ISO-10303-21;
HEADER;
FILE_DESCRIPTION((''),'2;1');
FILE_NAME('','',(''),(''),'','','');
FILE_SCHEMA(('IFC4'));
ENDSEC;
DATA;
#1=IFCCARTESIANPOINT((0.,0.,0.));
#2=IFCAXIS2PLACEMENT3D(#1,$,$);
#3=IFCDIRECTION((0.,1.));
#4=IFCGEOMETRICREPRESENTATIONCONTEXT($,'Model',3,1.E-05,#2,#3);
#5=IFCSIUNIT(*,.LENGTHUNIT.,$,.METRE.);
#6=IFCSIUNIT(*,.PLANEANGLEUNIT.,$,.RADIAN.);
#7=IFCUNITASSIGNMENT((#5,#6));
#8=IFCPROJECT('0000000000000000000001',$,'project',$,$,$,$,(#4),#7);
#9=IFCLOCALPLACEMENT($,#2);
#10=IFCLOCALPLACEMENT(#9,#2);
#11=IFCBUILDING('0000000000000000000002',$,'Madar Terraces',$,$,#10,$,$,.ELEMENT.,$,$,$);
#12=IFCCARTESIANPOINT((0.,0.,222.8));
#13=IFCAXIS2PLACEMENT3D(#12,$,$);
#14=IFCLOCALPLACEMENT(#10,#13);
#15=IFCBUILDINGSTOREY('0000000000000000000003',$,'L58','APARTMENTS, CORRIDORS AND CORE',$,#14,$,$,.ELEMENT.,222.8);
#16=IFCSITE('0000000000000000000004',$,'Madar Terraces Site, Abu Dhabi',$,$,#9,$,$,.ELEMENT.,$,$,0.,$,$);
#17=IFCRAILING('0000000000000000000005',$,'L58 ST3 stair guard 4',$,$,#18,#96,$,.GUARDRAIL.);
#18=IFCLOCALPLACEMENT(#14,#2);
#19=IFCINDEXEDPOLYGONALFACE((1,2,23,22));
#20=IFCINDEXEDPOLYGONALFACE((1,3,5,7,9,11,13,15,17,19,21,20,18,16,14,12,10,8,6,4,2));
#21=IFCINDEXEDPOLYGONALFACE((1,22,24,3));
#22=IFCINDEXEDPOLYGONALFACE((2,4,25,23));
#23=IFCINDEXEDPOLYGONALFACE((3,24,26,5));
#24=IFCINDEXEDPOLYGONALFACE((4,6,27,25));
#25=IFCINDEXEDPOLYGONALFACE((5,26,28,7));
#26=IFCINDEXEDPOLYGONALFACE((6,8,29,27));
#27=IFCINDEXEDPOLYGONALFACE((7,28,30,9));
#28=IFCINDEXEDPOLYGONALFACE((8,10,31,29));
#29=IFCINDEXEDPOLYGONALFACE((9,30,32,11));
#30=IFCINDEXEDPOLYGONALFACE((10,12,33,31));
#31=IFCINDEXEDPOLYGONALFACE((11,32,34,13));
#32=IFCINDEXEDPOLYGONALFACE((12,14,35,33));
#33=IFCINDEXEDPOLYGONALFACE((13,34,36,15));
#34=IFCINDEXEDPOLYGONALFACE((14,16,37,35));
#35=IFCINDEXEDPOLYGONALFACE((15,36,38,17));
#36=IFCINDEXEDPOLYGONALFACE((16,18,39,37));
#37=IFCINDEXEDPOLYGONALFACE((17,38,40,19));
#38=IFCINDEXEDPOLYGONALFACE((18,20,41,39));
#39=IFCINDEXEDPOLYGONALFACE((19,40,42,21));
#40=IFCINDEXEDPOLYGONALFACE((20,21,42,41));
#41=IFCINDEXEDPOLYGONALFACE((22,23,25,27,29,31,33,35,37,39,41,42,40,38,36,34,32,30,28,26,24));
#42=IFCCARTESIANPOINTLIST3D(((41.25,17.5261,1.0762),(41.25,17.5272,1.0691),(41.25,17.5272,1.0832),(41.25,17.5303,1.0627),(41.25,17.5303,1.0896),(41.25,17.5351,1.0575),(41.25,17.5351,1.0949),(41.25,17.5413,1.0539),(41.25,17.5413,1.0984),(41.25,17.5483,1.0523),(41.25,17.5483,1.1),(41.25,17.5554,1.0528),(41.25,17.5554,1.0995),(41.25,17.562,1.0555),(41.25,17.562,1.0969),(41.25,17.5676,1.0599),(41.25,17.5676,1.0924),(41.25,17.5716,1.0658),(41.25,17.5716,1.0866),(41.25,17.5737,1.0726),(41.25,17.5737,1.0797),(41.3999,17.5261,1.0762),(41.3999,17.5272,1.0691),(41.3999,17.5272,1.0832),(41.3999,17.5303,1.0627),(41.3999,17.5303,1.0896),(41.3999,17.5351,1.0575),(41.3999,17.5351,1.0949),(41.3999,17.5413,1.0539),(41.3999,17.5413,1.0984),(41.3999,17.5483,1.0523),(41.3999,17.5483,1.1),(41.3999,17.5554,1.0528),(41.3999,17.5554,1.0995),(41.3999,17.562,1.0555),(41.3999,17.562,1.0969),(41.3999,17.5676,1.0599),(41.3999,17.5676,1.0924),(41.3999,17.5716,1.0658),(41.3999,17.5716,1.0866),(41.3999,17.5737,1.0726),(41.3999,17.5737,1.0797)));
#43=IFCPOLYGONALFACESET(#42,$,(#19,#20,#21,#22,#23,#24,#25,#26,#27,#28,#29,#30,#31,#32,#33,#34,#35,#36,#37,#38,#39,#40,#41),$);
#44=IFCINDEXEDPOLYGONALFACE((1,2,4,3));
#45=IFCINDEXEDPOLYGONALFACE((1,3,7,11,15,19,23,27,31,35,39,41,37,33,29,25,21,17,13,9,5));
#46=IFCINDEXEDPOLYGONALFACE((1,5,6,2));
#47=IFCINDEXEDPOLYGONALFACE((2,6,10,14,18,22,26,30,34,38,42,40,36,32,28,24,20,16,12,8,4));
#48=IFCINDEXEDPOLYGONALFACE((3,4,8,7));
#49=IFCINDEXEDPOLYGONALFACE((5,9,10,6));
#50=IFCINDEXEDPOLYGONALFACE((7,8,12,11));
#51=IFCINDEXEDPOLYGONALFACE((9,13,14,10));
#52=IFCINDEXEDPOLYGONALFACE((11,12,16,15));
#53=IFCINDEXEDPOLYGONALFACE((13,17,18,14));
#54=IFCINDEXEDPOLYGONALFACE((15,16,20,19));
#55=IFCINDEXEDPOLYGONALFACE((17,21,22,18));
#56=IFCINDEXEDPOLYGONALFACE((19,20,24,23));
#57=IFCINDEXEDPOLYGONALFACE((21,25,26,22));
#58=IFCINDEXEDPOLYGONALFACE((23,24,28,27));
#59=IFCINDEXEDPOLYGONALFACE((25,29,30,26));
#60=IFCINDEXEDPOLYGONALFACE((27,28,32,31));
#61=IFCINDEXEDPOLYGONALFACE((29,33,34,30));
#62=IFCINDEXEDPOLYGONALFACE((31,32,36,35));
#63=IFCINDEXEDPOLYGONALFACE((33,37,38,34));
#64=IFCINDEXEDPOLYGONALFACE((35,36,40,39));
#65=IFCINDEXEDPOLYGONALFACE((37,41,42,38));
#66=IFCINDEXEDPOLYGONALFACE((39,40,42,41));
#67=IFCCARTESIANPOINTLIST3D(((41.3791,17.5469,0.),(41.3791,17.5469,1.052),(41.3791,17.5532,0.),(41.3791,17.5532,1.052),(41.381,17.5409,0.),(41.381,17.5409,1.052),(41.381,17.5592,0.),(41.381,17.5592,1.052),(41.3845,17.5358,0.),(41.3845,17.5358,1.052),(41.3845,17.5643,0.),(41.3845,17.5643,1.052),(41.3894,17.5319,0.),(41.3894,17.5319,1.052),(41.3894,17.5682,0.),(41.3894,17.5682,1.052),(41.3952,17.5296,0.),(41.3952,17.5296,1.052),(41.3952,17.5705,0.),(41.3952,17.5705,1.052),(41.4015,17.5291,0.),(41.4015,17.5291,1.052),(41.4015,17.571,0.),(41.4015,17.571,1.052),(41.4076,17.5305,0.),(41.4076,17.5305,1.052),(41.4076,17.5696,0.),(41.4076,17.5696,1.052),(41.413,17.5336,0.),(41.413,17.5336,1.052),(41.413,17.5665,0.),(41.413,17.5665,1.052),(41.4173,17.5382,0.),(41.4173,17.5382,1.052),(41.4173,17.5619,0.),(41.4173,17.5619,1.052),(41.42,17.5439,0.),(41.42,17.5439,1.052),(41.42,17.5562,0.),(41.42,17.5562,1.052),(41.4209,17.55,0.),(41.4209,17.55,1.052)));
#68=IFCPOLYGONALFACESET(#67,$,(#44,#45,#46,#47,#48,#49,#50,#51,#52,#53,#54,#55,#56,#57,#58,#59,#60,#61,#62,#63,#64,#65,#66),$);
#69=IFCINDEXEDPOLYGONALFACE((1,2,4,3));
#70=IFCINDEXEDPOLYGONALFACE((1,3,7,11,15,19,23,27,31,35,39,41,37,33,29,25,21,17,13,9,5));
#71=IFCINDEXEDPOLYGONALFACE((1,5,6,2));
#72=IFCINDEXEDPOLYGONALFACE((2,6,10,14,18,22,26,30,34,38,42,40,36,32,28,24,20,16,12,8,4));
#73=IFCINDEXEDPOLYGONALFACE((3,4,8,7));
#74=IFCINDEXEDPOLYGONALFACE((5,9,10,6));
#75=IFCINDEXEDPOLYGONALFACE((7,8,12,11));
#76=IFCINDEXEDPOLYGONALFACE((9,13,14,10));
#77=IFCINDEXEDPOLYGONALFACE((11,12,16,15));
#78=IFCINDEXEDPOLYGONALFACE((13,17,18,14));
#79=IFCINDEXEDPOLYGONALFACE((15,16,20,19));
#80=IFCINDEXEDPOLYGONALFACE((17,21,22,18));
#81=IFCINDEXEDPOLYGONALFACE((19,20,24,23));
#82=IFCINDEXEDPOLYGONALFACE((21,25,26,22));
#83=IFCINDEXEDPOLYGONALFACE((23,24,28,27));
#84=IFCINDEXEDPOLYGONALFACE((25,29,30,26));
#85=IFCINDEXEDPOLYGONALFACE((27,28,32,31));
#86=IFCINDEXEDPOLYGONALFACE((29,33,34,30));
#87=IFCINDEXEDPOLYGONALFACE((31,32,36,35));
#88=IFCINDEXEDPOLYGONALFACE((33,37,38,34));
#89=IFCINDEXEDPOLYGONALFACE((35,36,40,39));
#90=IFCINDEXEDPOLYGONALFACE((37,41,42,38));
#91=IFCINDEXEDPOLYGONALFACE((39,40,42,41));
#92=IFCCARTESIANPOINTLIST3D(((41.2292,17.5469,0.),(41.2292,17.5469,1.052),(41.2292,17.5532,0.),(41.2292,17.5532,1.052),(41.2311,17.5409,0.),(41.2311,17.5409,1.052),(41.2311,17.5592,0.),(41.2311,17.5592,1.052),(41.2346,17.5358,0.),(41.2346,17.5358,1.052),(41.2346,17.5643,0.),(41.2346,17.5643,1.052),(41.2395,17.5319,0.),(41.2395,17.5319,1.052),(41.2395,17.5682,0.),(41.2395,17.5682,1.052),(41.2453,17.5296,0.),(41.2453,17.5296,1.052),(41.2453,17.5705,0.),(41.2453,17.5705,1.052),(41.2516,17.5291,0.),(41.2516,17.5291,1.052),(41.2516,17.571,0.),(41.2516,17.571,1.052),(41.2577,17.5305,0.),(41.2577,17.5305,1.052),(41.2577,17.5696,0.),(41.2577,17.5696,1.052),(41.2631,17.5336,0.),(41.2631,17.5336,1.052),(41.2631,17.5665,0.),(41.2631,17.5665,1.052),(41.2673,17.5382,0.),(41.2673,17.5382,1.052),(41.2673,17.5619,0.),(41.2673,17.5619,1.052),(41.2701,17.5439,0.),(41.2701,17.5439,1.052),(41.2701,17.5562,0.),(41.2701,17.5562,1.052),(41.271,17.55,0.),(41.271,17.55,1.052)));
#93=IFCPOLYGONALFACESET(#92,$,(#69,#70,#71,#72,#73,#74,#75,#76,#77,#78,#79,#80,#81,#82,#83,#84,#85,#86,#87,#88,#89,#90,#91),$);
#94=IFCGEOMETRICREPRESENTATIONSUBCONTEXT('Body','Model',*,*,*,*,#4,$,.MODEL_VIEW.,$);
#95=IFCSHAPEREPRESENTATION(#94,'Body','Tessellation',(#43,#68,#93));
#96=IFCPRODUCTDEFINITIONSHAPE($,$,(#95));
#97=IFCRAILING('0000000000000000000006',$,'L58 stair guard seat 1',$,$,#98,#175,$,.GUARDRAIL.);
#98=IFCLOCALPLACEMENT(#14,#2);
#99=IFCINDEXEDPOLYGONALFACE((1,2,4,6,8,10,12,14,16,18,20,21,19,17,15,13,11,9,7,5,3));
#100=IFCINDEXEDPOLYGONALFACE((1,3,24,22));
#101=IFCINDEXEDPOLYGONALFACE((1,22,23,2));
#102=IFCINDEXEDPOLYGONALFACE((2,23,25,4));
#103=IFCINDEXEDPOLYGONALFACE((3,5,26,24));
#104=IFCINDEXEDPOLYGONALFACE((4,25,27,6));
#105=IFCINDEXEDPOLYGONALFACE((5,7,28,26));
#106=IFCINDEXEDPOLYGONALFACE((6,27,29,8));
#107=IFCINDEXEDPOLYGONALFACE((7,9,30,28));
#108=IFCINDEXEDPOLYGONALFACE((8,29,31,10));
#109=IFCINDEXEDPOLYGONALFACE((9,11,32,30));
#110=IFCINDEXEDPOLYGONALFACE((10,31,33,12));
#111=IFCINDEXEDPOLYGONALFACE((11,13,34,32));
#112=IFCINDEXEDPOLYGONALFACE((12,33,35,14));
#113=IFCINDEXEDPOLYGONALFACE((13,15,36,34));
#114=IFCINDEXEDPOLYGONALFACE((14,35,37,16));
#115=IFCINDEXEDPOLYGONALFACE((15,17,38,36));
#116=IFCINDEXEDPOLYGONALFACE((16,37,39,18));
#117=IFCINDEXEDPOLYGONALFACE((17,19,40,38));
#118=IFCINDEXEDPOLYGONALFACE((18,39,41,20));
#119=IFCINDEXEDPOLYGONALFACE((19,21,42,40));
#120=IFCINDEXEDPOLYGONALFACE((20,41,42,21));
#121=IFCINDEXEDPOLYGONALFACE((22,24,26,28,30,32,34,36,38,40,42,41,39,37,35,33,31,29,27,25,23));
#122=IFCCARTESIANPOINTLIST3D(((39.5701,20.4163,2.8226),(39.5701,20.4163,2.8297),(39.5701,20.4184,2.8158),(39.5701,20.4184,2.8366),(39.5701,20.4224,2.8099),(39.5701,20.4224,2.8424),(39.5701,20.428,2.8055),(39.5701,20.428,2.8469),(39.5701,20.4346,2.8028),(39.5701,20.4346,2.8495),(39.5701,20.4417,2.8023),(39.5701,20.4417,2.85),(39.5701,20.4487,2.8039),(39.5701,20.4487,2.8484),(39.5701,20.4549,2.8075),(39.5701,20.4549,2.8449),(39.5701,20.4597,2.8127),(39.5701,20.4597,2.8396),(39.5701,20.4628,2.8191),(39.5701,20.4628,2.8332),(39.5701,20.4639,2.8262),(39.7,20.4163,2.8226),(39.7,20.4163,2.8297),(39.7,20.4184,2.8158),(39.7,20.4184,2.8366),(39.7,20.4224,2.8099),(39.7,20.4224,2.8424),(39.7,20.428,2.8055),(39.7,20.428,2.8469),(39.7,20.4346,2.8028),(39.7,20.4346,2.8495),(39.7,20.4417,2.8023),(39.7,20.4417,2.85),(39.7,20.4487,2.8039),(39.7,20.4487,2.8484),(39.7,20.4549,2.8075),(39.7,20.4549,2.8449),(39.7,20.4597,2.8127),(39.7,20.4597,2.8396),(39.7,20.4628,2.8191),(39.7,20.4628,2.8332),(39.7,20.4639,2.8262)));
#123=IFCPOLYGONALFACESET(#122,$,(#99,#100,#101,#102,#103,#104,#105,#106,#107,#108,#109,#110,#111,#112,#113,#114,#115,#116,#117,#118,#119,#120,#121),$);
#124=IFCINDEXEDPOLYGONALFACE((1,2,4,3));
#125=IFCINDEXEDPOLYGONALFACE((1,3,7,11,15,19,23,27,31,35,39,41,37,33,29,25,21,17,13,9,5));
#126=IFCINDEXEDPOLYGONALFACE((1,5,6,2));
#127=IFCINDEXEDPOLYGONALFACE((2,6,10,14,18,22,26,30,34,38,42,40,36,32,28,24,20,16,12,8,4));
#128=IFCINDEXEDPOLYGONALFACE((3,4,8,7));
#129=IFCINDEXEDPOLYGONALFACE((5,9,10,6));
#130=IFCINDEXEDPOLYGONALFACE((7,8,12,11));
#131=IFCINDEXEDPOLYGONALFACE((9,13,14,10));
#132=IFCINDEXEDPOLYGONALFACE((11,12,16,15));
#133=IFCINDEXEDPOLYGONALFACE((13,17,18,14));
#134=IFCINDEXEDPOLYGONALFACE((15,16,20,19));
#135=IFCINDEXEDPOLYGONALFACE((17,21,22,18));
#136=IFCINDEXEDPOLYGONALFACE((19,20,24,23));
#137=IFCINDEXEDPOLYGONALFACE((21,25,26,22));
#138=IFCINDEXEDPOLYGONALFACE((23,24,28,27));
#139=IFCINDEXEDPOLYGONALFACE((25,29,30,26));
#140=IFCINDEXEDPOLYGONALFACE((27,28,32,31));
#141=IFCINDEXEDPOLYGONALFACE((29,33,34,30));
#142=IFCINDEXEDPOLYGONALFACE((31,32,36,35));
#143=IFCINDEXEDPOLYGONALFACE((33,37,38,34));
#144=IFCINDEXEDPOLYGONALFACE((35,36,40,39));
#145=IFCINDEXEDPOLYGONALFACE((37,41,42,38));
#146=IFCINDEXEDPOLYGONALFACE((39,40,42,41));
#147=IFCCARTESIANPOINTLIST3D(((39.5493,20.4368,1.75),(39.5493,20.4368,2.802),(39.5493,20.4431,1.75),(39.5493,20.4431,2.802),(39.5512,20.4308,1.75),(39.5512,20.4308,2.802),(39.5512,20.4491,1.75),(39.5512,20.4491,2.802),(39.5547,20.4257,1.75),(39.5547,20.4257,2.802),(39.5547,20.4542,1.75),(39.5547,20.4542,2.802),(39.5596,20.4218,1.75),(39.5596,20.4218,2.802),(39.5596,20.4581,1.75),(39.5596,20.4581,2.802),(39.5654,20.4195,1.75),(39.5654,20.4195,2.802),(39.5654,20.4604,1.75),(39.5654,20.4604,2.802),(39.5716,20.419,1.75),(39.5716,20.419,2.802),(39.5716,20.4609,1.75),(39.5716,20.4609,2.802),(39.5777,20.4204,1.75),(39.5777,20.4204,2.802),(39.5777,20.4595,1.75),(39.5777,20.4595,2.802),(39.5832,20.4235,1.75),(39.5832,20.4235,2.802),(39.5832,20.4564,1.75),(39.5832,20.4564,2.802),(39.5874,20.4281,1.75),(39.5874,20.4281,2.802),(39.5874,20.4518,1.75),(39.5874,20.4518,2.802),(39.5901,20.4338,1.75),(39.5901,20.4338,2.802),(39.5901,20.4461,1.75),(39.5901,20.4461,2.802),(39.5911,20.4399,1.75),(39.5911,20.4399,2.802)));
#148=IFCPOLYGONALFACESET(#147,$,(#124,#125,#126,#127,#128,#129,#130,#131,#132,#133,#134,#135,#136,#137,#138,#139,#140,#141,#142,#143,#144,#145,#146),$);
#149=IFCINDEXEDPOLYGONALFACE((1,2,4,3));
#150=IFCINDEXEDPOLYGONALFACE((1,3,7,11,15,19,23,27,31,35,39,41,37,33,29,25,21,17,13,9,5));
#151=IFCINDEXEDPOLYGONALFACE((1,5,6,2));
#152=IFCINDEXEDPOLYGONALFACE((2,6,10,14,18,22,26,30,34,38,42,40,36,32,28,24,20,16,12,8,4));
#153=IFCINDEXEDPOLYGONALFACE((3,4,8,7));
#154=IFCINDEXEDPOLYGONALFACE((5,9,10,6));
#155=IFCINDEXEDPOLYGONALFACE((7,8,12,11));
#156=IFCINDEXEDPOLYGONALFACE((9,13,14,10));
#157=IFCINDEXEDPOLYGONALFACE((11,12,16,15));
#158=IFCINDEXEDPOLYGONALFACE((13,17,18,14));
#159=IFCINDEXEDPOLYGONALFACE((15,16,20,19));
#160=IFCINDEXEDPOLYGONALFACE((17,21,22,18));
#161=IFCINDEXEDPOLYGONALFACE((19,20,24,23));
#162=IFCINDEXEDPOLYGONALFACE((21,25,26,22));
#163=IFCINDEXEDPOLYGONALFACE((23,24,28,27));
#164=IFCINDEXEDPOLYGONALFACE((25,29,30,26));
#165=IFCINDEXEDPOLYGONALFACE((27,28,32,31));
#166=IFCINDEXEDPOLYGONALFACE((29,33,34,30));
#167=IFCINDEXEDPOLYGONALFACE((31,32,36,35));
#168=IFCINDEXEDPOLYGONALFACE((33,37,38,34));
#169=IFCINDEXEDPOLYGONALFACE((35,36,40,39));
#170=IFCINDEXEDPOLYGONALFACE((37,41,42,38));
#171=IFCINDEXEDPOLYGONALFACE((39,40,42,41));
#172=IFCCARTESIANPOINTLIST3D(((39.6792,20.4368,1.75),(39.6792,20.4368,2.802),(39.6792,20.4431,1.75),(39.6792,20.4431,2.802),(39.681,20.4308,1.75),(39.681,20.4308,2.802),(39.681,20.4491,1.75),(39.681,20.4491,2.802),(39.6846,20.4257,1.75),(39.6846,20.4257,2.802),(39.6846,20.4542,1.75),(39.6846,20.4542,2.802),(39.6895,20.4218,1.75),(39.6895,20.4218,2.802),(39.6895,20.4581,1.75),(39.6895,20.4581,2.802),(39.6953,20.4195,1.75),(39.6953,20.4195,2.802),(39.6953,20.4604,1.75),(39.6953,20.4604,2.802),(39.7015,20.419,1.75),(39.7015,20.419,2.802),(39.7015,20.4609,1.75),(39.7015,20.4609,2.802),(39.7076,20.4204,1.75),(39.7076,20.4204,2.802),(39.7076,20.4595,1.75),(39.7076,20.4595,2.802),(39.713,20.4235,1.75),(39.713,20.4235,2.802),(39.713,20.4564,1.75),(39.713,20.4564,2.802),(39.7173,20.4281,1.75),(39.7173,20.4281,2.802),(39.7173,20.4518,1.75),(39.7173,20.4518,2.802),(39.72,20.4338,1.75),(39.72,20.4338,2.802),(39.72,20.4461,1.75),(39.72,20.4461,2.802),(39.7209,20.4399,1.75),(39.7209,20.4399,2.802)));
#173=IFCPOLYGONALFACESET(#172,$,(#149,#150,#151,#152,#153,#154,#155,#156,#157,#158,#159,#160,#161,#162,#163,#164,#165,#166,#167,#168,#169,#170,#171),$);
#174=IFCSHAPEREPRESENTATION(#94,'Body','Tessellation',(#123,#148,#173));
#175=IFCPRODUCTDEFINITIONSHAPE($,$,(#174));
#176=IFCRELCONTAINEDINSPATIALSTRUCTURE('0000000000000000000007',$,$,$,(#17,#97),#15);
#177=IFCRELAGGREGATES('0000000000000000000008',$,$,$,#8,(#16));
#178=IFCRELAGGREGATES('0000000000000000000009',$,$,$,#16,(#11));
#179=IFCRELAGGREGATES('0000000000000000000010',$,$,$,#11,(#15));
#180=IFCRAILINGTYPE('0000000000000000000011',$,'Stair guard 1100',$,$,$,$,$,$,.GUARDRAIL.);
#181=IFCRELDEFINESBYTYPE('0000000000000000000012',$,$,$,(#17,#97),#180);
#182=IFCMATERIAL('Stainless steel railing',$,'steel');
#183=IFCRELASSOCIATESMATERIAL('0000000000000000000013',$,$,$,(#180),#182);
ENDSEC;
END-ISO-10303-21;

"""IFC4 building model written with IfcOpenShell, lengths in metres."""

from ifc_helpers import new_model, si_unit, direction, frame, origin, origin_2d, place, context, subcontext, project, spatial, circle, extrude, material, type_object, element, save


model = new_model("IFC4")

# Units and contexts
model_context = context("Model", 3, precision=1e-05, world=origin(), true_north=direction((0.0, 1.0)))
body_context = subcontext(model_context, "Body", "Model", "MODEL_VIEW")
ifc_project = project(units=[si_unit("LENGTHUNIT", "METRE"), si_unit("PLANEANGLEUNIT", "RADIAN")], contexts=[model_context])

# Site, building, storey
site_placement = place(None, origin())
site = spatial("IfcSite", under=ifc_project, at=site_placement, Name="Madar Terraces Site, Abu Dhabi", CompositionType="ELEMENT", RefElevation=0.0)
building_placement = place(site_placement, origin())
building = spatial("IfcBuilding", under=site, at=building_placement, Name="Madar Terraces", CompositionType="ELEMENT")
storey_placement = place(building_placement, frame((0.0, 0.0, 222.8)))
storey = spatial("IfcBuildingStorey", under=building, at=storey_placement, Name="L58", Description="APARTMENTS, CORRIDORS AND CORE", CompositionType="ELEMENT", Elevation=222.8)

# Railings
ifc_material_1 = material(Name="Stainless steel railing", Category="steel")
railing_type_1 = type_object("IfcRailingType", Name="Stair guard 1100", PredefinedType="GUARDRAIL", material=ifc_material_1)
railing_1_placement = place(storey_placement, frame((41.3999, 17.55, 0.0)))
element("IfcRailing", 1, at=railing_1_placement, inside=storey, type_object=railing_type_1, Name="L58 ST3 stair guard 4", PredefinedType="GUARDRAIL", context=body_context, shape_type="SweptSolid", body=[
    extrude(circle(Radius=0.0239, at=origin_2d()), frame((0.0, 0.0, 1.0762), z_axis=(-1.0, 0.0, 0.0), x_axis=(0.0, -1.0, 0.0)), (0.0, 0.0, 1.0), 0.1499),
    extrude(circle(Radius=0.021, at=origin_2d()), origin(), (0.0, 0.0, 1.0), 1.052),
    extrude(circle(Radius=0.021, at=origin_2d()), frame((-0.1499, 0.0, 0.0)), (0.0, 0.0, 1.0), 1.052),
])
railing_2_placement = place(storey_placement, frame((39.5701, 20.4399, 1.75)))
element("IfcRailing", 2, at=railing_2_placement, inside=storey, type_object=railing_type_1, Name="L58 stair guard seat 1", PredefinedType="GUARDRAIL", context=body_context, shape_type="SweptSolid", body=[
    extrude(circle(Radius=0.0239, at=origin_2d()), frame((0.0, 0.0, 1.0762), z_axis=(1.0, 0.0, 0.0), x_axis=(0.0, 1.0, 0.0)), (0.0, 0.0, 1.0), 0.1299),
    extrude(circle(Radius=0.021, at=origin_2d()), origin(), (0.0, 0.0, 1.0), 1.052),
    extrude(circle(Radius=0.021, at=origin_2d()), frame((0.1299, 0.0, 0.0)), (0.0, 0.0, 1.0), 1.052),
])

save(model, "model.ifc")
